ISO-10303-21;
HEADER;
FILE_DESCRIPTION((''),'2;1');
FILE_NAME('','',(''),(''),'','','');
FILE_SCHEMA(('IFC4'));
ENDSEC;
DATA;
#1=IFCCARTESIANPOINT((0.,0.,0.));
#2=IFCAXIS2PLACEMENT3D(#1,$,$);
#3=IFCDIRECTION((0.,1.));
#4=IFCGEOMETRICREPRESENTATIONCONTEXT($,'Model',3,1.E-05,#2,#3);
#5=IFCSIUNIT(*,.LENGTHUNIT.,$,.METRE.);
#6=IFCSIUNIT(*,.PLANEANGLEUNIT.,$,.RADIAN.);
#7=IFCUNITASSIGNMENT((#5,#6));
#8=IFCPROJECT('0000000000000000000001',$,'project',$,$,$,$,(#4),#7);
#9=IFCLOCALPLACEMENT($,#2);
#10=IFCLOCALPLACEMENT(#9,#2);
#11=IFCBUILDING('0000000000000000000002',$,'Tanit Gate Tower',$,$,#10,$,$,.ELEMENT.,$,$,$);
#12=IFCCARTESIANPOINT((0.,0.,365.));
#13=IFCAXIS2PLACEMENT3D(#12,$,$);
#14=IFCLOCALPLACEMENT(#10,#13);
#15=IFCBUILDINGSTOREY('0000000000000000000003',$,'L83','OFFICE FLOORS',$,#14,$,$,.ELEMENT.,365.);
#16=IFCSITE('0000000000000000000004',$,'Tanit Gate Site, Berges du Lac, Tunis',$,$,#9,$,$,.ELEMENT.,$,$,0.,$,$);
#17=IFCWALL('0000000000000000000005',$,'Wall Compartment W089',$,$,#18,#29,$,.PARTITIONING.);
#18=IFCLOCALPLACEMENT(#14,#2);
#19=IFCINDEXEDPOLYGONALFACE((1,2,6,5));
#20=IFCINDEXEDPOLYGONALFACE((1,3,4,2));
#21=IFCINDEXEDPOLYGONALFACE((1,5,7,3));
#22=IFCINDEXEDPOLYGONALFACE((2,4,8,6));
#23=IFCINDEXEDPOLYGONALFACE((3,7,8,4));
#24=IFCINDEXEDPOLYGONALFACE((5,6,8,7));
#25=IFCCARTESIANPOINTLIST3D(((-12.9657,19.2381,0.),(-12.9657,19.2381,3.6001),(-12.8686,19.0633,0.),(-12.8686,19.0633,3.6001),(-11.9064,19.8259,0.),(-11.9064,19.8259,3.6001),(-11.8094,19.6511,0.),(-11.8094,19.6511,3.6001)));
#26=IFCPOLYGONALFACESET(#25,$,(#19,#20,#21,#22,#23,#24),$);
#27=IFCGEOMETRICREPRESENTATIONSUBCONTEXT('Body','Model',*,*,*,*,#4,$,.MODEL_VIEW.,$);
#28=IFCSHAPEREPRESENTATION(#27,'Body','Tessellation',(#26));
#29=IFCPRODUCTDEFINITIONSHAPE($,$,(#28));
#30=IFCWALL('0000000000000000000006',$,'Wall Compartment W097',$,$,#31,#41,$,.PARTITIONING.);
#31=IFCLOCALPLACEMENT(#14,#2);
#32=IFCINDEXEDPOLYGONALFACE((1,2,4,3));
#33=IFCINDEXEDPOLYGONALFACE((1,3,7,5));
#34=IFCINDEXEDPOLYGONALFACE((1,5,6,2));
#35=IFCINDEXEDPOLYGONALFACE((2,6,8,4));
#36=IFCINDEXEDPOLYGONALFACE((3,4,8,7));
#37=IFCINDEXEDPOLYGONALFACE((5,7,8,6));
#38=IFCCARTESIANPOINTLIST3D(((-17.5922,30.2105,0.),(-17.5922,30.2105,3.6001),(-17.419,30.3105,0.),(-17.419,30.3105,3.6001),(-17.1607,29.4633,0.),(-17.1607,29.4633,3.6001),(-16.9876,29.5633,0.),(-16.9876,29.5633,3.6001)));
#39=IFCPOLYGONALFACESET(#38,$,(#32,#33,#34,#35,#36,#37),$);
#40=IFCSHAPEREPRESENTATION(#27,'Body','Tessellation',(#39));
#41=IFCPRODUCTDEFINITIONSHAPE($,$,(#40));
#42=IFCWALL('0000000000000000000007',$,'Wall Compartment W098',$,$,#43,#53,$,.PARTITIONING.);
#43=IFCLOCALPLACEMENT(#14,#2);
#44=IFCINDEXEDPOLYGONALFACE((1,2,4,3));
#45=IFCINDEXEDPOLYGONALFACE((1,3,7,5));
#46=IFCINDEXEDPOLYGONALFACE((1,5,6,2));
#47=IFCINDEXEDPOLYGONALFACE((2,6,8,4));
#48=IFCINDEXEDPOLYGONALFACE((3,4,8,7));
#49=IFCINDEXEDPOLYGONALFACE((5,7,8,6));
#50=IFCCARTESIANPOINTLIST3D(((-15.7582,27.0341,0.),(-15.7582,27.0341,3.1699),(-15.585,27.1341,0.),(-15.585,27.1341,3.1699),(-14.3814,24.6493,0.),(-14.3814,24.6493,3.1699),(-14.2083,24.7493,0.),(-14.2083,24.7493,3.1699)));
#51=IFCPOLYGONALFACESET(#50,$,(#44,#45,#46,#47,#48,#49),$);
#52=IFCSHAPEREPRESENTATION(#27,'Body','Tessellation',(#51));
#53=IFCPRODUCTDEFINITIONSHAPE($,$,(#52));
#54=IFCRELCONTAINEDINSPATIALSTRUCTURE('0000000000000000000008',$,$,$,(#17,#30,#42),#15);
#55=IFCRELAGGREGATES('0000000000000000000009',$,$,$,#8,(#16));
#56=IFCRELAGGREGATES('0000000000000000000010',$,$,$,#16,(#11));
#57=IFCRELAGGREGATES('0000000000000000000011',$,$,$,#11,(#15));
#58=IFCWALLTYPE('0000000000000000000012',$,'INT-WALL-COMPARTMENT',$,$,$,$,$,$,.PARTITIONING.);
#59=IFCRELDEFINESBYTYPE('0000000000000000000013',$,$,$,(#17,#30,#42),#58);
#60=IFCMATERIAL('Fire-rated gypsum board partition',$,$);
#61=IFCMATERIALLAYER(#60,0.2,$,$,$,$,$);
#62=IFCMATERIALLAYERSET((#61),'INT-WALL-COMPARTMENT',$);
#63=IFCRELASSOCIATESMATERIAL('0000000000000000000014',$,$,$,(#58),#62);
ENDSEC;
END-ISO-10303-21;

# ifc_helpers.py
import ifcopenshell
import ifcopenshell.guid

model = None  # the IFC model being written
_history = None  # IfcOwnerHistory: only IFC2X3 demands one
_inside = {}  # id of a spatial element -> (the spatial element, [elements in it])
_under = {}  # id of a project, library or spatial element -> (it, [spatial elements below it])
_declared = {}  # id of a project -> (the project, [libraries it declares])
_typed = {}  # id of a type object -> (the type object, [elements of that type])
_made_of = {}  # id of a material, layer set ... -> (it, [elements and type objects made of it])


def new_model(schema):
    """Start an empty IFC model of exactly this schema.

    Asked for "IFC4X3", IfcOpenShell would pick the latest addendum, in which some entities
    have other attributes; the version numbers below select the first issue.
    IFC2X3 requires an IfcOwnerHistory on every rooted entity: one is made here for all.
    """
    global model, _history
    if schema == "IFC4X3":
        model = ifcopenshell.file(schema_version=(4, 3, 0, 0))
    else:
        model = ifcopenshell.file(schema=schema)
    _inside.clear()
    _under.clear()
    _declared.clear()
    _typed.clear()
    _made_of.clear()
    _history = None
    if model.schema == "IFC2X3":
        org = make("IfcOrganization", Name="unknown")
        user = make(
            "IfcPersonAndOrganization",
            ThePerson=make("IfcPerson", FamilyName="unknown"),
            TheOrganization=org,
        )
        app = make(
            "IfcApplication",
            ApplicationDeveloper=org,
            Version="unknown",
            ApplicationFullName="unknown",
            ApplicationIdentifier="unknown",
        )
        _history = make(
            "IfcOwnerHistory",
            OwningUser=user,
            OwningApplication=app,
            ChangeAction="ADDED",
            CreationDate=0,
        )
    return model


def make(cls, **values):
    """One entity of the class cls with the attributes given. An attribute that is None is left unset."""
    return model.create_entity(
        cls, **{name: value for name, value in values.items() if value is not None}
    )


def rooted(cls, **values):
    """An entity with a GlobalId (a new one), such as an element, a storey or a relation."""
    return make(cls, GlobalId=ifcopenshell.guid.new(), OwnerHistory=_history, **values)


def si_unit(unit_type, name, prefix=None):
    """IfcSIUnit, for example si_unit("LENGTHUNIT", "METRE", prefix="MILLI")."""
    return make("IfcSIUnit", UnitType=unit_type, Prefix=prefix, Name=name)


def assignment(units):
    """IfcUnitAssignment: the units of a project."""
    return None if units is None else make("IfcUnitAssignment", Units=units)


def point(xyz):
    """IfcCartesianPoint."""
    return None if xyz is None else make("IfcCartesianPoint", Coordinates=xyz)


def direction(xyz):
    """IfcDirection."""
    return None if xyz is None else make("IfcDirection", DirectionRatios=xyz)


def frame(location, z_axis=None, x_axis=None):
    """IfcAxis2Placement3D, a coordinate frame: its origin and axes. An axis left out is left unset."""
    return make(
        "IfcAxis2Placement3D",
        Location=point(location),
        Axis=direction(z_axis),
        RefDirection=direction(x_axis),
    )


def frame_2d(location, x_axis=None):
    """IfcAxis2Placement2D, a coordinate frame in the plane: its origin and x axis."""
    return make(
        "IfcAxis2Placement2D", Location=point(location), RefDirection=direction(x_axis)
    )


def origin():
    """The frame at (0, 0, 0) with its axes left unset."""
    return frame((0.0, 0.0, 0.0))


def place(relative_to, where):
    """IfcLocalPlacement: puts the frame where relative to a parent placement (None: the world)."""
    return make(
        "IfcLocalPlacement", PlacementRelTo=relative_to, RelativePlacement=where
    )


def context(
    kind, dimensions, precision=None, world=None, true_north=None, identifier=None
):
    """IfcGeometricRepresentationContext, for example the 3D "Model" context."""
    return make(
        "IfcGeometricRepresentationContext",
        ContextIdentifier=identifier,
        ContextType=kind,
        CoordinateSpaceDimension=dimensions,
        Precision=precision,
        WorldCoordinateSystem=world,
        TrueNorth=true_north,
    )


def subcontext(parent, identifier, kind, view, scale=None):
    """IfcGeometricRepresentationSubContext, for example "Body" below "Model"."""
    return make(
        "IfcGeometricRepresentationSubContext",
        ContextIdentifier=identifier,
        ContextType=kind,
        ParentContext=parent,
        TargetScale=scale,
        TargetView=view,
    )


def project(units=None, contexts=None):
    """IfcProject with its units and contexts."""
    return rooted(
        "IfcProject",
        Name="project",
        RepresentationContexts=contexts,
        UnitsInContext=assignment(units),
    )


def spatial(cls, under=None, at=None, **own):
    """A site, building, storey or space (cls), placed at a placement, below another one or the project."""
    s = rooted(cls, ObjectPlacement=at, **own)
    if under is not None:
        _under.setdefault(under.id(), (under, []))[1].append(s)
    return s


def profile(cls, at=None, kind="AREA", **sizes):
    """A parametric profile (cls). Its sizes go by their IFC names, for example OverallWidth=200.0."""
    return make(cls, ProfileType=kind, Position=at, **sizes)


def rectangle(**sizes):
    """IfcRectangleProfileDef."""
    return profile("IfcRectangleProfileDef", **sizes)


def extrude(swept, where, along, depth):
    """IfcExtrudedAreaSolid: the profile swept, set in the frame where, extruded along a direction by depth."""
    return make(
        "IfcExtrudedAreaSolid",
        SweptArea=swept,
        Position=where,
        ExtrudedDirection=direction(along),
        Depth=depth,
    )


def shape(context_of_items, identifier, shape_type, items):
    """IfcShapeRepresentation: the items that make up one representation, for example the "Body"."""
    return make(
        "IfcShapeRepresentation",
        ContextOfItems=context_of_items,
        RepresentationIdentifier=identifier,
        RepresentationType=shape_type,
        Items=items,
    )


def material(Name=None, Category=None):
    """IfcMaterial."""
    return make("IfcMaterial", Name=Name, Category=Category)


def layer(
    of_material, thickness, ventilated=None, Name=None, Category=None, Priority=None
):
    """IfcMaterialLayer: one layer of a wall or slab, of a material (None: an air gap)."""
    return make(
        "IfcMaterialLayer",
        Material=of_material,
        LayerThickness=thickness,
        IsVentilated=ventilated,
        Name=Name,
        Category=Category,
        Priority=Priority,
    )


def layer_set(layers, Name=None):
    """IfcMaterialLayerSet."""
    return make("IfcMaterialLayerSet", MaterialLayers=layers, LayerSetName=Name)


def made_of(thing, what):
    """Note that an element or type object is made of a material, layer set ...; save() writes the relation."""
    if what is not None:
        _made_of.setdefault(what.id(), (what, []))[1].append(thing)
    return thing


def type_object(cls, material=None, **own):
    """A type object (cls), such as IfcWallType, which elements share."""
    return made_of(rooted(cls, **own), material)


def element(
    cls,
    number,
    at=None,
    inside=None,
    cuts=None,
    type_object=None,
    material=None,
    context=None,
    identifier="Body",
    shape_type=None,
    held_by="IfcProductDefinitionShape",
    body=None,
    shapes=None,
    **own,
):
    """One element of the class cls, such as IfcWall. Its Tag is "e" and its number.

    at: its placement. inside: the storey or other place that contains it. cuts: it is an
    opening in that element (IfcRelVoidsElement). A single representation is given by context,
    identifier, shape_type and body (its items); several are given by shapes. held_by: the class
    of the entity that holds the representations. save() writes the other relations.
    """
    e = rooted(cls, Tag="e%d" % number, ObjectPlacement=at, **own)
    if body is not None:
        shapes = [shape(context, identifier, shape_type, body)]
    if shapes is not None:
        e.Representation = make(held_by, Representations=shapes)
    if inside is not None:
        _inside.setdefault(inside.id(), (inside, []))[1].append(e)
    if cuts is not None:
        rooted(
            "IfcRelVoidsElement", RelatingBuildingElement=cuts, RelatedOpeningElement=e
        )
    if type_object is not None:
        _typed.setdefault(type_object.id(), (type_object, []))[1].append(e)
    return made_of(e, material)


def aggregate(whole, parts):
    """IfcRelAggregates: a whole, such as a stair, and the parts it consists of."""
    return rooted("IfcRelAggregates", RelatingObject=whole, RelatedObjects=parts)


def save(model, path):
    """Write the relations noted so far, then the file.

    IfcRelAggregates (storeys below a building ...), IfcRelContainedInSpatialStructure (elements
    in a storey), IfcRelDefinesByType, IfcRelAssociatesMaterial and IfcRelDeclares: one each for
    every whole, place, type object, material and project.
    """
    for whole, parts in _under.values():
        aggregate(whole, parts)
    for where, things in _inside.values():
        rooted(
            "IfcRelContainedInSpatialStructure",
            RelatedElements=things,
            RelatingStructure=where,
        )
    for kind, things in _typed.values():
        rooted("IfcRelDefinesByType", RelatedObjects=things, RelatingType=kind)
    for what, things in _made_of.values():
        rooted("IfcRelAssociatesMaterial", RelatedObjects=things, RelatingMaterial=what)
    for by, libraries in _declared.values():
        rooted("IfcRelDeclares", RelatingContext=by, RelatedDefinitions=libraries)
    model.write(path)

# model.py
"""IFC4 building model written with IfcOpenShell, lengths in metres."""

from ifc_helpers import new_model, si_unit, direction, frame, frame_2d, origin, place, context, subcontext, project, spatial, rectangle, extrude, material, layer, layer_set, type_object, element, save


model = new_model("IFC4")

# Units and contexts
model_context = context("Model", 3, precision=1e-05, world=origin(), true_north=direction((0.0, 1.0)))
body_context = subcontext(model_context, "Body", "Model", "MODEL_VIEW")
ifc_project = project(units=[si_unit("LENGTHUNIT", "METRE"), si_unit("PLANEANGLEUNIT", "RADIAN")], contexts=[model_context])

# Site, building, storey
site_placement = place(None, origin())
site = spatial("IfcSite", under=ifc_project, at=site_placement, Name="Tanit Gate Site, Berges du Lac, Tunis", CompositionType="ELEMENT", RefElevation=0.0)
building_placement = place(site_placement, origin())
building = spatial("IfcBuilding", under=site, at=building_placement, Name="Tanit Gate Tower", CompositionType="ELEMENT")
storey_placement = place(building_placement, frame((0.0, 0.0, 365.0)))
storey = spatial("IfcBuildingStorey", under=building, at=storey_placement, Name="L83", Description="OFFICE FLOORS", CompositionType="ELEMENT", Elevation=365.0)

# Shared definitions
ifc_material_1 = material(Name="Fire-rated gypsum board partition")
ifc_layer_1 = layer(ifc_material_1, 0.2)
ifc_layer_set_1 = layer_set([ifc_layer_1], Name="INT-WALL-COMPARTMENT")
wall_type_1 = type_object("IfcWallType", Name="INT-WALL-COMPARTMENT", PredefinedType="PARTITIONING", material=ifc_layer_set_1)

# Walls
wall_1_placement = place(storey_placement, frame((-11.8579, 19.7385, 0.0), z_axis=(0.0, 0.0, 1.0), x_axis=(-0.874376, -0.485249, 0.0)))
element("IfcWall", 1, at=wall_1_placement, inside=storey, type_object=wall_type_1, Name="Wall Compartment W089", PredefinedType="PARTITIONING", context=body_context, shape_type="SweptSolid", body=[
    extrude(rectangle(XDim=1.2114, YDim=0.2, at=frame_2d((0.6057, 0.0))), origin(), (0.0, 0.0, 1.0), 3.6001),
])
wall_2_placement = place(storey_placement, frame((-17.5056, 30.2605, 0.0), z_axis=(0.0, 0.0, 1.0), x_axis=(0.500065, -0.865988, 0.0)))
element("IfcWall", 2, at=wall_2_placement, inside=storey, type_object=wall_type_1, Name="Wall Compartment W097", PredefinedType="PARTITIONING", context=body_context, shape_type="SweptSolid", body=[
    extrude(rectangle(XDim=0.8628, YDim=0.2, at=frame_2d((0.4314, 0.0))), origin(), (0.0, 0.0, 1.0), 3.6001),
])
wall_3_placement = place(storey_placement, frame((-15.6716, 27.0842, 0.0), z_axis=(0.0, 0.0, 1.0), x_axis=(0.499963, -0.866047, 0.0)))
element("IfcWall", 3, at=wall_3_placement, inside=storey, type_object=wall_type_1, Name="Wall Compartment W098", PredefinedType="PARTITIONING", context=body_context, shape_type="SweptSolid", body=[
    extrude(rectangle(XDim=2.7537, YDim=0.2, at=frame_2d((1.377, 0.0))), origin(), (0.0, 0.0, 1.0), 3.1699),
])

save(model, "model.ifc")
